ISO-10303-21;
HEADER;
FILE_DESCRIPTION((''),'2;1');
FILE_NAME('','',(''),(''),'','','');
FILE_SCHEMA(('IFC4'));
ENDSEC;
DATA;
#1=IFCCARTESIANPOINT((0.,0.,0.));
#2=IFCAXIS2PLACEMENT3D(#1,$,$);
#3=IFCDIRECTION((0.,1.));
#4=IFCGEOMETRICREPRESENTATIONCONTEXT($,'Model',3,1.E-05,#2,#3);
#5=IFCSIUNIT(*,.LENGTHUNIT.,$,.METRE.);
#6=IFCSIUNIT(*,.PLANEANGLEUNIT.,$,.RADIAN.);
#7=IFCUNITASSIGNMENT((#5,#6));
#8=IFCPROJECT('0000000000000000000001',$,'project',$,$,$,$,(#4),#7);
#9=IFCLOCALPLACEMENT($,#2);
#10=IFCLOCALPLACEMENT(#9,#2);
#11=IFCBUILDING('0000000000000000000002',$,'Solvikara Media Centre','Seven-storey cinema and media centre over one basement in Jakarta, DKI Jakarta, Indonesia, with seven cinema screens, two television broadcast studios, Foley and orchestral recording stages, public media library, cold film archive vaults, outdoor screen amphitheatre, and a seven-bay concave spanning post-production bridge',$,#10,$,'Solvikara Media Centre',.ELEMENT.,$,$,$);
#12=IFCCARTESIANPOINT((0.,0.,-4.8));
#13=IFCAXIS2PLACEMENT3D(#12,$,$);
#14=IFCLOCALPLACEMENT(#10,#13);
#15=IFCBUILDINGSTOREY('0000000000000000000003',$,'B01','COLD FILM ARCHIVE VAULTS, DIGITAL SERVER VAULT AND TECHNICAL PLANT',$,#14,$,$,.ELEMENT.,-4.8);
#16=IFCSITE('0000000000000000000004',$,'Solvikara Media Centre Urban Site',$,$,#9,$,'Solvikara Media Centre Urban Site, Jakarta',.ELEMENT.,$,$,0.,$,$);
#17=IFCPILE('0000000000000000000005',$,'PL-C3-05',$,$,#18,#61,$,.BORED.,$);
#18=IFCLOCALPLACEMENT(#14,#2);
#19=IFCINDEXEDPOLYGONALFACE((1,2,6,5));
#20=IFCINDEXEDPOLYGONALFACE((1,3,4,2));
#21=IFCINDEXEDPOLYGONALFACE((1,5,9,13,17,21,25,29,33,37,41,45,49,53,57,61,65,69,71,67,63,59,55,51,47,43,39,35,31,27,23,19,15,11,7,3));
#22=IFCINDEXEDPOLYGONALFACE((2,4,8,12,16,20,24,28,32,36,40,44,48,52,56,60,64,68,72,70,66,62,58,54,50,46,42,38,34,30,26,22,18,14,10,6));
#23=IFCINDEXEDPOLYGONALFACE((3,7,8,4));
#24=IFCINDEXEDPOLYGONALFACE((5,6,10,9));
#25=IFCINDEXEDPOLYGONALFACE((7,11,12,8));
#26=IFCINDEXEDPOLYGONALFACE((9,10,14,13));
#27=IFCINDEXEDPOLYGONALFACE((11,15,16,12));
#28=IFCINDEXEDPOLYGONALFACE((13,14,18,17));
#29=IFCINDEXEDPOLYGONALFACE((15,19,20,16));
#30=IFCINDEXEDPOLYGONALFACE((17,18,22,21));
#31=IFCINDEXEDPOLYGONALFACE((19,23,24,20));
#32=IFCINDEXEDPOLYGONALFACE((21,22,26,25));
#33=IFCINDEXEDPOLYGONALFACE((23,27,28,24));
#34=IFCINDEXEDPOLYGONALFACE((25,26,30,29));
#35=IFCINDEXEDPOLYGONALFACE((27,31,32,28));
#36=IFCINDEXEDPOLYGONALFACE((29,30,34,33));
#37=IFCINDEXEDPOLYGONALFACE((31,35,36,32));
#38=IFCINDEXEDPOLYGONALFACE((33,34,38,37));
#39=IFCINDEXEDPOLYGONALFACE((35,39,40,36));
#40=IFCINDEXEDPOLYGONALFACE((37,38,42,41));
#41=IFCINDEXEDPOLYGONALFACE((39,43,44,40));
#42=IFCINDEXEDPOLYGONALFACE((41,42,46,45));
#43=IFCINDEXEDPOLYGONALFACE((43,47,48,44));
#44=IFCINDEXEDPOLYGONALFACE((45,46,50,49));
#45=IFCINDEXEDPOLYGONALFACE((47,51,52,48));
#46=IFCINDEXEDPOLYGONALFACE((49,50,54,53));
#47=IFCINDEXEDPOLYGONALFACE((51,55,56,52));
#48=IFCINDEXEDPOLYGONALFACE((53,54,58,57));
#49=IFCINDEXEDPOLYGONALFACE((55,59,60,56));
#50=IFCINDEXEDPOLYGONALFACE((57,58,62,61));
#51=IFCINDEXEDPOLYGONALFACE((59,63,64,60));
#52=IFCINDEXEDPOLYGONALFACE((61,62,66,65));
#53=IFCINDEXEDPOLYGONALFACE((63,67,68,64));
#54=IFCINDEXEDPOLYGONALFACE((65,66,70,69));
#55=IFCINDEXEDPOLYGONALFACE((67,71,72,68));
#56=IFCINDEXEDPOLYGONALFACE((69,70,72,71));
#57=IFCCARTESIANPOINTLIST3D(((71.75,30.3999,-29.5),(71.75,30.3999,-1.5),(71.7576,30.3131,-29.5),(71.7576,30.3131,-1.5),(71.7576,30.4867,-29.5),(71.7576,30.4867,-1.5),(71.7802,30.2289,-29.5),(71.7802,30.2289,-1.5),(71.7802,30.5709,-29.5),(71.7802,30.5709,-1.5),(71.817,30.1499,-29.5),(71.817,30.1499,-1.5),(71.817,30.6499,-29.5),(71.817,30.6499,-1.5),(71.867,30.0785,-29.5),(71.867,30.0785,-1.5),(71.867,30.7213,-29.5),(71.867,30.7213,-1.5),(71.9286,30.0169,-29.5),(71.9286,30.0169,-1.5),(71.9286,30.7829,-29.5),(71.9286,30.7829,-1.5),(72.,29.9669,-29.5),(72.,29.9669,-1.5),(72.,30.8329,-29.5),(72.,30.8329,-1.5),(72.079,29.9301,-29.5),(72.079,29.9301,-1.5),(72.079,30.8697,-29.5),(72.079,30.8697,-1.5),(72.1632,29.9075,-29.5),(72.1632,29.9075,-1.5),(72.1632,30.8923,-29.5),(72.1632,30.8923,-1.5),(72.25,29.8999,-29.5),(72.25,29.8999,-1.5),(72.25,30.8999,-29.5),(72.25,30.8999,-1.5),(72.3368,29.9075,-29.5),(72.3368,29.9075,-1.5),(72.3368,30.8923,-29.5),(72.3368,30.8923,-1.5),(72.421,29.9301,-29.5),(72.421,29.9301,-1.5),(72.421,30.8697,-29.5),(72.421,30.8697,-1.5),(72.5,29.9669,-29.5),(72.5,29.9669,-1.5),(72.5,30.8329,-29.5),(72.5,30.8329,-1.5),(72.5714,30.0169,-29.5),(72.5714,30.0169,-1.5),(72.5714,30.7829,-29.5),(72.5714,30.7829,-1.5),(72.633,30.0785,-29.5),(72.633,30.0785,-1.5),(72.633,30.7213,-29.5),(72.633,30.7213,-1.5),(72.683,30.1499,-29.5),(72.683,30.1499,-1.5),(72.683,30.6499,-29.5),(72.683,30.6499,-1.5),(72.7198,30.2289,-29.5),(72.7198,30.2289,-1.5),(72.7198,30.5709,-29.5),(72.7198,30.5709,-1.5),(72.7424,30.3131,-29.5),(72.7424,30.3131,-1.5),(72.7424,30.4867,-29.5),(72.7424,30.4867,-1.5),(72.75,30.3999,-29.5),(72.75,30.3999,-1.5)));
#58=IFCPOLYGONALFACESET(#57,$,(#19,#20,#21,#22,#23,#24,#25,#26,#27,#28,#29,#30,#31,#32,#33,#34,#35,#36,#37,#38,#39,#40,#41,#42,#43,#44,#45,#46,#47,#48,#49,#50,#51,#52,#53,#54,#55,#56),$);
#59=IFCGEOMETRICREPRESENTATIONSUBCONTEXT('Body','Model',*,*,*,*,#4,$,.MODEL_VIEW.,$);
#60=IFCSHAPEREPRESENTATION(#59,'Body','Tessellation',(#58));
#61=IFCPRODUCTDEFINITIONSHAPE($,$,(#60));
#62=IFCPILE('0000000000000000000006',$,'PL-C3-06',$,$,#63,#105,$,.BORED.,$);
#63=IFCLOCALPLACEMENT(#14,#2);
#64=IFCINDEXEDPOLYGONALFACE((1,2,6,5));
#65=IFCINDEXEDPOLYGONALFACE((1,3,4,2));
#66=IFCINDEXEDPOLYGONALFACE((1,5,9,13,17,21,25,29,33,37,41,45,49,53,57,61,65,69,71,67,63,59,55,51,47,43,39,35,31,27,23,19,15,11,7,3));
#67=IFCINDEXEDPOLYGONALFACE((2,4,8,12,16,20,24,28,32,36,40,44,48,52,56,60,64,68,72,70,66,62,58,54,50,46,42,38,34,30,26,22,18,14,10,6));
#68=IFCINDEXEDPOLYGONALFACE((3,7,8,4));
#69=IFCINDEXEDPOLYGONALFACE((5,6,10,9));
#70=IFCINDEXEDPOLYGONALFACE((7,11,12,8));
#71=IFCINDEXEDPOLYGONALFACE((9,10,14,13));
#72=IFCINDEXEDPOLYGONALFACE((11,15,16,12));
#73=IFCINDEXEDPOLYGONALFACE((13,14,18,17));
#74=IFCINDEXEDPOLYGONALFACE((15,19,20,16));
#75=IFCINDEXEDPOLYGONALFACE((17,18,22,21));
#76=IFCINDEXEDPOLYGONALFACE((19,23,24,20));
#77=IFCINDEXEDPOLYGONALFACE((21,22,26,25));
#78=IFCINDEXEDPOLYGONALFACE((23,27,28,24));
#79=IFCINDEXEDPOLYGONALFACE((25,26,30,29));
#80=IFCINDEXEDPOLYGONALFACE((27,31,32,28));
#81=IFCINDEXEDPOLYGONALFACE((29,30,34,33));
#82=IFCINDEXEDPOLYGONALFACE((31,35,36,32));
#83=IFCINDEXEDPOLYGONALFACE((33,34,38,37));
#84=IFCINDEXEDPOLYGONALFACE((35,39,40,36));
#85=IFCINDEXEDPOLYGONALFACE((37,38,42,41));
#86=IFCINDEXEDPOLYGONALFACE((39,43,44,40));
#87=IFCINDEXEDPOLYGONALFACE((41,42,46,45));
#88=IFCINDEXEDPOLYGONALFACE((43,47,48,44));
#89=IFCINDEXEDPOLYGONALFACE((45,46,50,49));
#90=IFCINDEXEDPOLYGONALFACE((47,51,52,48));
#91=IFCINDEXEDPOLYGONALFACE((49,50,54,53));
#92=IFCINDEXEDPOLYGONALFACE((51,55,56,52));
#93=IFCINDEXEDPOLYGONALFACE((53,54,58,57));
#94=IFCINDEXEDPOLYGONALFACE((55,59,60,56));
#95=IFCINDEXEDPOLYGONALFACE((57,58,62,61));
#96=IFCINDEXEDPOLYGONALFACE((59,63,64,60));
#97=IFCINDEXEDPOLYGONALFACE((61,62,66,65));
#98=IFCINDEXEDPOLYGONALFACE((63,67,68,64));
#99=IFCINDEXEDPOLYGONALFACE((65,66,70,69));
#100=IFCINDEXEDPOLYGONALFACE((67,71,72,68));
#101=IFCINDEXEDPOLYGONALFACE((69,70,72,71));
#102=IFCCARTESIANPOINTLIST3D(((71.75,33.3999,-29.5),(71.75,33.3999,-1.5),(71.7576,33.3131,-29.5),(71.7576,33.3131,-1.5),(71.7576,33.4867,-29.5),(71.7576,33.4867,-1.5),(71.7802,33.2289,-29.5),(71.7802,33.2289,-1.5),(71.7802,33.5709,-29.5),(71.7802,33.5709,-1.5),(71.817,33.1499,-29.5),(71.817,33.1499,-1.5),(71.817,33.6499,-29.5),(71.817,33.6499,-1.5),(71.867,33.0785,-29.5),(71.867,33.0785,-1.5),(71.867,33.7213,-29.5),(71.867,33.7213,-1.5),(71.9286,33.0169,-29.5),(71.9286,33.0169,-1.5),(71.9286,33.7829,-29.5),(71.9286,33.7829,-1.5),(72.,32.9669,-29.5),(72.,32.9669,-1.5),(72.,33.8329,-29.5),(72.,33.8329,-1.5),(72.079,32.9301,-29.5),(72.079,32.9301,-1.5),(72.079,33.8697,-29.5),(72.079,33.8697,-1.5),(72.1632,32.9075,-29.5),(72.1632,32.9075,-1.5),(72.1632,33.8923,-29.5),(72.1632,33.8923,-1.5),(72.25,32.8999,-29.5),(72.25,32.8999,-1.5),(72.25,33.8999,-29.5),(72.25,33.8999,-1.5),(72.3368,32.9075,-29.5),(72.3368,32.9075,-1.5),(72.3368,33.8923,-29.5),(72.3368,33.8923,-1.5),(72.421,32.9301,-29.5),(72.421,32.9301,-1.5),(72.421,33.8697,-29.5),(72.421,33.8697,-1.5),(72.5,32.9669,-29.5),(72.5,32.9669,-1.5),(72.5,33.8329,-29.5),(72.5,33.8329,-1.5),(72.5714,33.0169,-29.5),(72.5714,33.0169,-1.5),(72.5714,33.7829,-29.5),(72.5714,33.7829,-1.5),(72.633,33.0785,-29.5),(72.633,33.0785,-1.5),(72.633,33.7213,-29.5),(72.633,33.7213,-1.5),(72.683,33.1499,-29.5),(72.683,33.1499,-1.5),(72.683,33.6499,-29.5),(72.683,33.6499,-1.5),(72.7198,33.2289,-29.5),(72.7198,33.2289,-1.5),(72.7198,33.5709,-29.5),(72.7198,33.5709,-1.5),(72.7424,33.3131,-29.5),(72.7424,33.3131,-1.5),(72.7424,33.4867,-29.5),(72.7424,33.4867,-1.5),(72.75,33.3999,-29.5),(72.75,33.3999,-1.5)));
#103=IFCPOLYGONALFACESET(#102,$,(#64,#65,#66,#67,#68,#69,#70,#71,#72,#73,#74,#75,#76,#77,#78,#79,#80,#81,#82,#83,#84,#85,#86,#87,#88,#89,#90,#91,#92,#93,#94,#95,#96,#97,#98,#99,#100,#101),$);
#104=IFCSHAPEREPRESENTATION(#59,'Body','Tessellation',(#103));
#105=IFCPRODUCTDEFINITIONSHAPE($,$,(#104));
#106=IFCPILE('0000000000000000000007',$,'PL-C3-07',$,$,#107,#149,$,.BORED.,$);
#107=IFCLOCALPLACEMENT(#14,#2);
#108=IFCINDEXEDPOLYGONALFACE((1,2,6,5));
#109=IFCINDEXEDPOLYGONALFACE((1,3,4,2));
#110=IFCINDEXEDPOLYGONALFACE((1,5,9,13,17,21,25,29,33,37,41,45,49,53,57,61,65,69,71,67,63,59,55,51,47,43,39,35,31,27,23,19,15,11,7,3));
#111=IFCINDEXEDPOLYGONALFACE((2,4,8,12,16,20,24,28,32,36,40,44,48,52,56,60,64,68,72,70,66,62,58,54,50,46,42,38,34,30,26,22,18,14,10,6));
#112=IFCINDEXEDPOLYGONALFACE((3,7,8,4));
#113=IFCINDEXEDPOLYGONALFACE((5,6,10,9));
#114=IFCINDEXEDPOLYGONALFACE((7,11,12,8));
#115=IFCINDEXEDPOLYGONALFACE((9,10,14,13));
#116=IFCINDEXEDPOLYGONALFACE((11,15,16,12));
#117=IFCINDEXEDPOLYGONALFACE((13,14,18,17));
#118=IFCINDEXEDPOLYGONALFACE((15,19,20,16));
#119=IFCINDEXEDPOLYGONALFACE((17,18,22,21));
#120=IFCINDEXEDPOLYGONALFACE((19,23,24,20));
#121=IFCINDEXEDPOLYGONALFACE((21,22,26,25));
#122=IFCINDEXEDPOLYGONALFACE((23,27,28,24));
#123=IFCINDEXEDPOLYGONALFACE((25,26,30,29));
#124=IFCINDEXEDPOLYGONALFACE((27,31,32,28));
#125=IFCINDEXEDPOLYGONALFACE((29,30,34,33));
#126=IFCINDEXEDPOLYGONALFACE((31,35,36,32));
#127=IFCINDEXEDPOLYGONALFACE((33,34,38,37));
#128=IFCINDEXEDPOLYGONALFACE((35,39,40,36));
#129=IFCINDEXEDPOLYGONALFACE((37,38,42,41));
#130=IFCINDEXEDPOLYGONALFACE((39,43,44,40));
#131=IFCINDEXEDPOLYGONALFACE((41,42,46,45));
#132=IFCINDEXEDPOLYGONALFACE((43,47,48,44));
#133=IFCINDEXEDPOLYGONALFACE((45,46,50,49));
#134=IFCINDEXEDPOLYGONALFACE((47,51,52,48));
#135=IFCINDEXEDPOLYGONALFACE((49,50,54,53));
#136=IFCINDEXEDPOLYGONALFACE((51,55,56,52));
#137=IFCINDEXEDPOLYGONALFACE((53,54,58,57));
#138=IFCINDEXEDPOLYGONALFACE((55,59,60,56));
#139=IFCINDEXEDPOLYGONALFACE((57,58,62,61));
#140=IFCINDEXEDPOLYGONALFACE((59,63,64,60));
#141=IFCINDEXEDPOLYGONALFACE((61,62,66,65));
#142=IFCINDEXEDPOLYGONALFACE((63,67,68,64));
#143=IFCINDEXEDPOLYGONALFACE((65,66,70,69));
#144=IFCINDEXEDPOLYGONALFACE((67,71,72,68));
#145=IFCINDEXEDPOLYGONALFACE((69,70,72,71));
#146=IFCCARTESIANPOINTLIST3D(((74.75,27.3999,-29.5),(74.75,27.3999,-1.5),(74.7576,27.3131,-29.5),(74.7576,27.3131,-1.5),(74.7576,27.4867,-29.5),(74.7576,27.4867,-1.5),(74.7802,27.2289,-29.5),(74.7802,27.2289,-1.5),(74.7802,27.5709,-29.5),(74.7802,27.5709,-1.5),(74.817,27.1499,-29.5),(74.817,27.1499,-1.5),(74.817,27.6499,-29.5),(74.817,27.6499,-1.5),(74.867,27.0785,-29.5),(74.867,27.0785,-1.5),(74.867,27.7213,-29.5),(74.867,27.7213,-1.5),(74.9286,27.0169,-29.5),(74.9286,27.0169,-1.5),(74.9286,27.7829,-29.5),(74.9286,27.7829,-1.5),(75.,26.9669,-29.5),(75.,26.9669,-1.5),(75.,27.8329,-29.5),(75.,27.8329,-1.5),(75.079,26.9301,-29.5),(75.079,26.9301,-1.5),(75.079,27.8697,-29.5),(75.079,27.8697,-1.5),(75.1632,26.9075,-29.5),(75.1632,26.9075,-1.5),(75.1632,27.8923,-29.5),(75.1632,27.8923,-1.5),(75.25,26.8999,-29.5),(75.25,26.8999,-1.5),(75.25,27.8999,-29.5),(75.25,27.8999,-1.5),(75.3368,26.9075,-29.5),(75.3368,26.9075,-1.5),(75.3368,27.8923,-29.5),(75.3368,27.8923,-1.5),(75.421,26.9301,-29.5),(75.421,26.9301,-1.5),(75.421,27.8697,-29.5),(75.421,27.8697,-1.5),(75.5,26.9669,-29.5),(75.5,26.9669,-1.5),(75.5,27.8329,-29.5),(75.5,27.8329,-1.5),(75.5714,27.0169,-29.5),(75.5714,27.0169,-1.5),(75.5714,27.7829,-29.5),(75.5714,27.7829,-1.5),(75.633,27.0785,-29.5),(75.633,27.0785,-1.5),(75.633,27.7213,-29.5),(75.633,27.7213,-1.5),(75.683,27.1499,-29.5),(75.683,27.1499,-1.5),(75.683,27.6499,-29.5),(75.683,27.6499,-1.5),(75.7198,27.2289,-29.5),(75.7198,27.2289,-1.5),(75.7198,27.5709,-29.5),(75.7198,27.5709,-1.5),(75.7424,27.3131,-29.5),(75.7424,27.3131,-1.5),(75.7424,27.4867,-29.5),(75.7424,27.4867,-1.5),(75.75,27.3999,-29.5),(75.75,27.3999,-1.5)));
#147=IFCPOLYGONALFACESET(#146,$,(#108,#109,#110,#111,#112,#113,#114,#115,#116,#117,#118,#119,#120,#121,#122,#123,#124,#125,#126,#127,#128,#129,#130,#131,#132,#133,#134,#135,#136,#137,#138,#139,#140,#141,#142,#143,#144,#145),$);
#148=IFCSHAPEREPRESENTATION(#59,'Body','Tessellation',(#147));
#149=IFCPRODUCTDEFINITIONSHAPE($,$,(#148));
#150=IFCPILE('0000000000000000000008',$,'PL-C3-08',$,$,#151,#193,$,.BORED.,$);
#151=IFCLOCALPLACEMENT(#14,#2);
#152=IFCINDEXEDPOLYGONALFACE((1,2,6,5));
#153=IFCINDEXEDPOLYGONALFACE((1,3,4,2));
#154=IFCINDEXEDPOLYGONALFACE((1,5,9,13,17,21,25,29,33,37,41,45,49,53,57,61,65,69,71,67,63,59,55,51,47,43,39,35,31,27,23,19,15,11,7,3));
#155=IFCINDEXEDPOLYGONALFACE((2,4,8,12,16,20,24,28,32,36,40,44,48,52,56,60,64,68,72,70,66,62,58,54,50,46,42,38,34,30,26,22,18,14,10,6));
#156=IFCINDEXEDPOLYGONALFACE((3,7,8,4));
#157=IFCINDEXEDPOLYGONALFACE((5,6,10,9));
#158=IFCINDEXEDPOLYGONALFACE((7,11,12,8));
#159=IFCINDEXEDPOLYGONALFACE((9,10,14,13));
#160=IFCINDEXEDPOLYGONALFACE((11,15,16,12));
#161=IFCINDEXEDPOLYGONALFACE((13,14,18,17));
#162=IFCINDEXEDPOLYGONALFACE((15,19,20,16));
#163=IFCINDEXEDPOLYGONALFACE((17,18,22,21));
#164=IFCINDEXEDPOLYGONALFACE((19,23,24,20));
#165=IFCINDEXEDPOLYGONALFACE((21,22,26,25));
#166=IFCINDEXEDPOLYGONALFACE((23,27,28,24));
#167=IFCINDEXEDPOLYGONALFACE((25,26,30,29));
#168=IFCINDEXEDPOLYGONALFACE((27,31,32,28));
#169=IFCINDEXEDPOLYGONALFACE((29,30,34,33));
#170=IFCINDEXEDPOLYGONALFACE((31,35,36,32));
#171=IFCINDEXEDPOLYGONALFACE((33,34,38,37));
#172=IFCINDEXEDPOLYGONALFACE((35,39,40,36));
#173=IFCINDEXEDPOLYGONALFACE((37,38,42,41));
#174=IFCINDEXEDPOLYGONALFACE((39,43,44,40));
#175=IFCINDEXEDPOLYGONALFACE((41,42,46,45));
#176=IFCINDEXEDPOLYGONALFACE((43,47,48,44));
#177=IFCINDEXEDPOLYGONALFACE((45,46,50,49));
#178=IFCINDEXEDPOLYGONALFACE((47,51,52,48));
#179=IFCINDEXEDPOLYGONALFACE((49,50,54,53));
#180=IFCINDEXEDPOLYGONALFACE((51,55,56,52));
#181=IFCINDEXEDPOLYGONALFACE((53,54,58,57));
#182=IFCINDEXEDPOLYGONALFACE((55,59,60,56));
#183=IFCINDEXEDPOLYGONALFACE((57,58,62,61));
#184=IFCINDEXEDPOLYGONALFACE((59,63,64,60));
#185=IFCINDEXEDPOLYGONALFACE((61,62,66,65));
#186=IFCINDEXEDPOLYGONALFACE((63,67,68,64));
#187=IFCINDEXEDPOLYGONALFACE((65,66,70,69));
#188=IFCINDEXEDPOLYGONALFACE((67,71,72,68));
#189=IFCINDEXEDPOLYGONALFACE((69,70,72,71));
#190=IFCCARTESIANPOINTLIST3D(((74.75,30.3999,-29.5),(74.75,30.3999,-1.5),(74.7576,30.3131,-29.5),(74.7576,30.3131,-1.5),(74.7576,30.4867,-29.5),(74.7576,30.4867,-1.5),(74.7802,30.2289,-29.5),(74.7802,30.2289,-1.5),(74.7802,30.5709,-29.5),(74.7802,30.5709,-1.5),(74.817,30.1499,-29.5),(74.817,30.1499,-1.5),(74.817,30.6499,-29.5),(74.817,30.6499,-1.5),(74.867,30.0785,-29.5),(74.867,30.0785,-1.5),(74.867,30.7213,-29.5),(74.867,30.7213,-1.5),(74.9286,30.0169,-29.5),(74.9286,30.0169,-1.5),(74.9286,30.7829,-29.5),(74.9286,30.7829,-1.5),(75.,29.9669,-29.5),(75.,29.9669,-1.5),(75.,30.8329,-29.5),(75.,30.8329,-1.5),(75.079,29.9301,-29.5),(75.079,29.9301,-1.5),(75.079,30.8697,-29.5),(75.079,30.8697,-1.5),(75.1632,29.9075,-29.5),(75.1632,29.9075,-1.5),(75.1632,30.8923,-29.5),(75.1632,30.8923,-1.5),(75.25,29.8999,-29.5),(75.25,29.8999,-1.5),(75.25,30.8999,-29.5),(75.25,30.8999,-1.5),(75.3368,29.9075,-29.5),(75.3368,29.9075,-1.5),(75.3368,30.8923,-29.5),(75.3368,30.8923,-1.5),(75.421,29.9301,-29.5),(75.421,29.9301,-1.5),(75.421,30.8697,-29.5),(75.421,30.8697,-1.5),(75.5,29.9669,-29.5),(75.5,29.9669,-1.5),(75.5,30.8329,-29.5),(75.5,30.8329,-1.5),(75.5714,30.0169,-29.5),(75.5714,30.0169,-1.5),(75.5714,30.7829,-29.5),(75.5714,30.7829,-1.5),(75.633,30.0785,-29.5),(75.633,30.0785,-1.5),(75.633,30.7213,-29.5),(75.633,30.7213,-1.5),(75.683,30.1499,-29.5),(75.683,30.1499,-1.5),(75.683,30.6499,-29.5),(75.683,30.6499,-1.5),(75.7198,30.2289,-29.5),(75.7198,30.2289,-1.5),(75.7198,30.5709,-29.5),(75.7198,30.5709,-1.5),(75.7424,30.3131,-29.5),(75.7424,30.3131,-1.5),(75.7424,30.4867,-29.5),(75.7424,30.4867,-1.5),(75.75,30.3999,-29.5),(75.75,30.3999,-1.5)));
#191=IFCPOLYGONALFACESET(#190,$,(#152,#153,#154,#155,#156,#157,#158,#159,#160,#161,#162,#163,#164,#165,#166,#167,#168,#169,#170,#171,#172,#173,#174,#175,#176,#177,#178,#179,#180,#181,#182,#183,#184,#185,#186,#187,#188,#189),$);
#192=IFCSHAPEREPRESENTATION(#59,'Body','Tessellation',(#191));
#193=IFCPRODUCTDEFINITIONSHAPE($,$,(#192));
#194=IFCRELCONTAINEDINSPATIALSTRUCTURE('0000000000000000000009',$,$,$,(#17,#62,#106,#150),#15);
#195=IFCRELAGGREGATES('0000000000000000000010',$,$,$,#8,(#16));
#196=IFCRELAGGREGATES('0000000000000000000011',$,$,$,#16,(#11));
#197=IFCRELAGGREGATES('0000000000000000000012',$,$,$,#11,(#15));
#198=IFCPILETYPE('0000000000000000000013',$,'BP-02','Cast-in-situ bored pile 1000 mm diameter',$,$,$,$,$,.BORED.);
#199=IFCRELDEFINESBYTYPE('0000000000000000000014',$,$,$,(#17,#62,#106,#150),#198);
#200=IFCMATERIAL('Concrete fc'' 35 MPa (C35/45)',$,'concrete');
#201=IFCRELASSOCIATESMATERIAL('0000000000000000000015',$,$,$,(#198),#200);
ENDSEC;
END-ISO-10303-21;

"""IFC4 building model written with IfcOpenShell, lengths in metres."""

from ifc_helpers import new_model, si_unit, direction, frame, origin, origin_2d, place, context, subcontext, project, spatial, circle, extrude, material, material_profile, profile_set, type_object, element, save


model = new_model("IFC4")

# Units and contexts
model_context = context("Model", 3, precision=1e-05, world=origin(), true_north=direction((0.0, 1.0)))
body_context = subcontext(model_context, "Body", "Model", "MODEL_VIEW")
ifc_project = project(units=[si_unit("LENGTHUNIT", "METRE"), si_unit("PLANEANGLEUNIT", "RADIAN")], contexts=[model_context])

# Site, building, storey
site_placement = place(None, origin())
site = spatial("IfcSite", under=ifc_project, at=site_placement, Name="Solvikara Media Centre Urban Site", LongName="Solvikara Media Centre Urban Site, Jakarta", CompositionType="ELEMENT", RefElevation=0.0)
building_placement = place(site_placement, origin())
building = spatial("IfcBuilding", under=site, at=building_placement, Name="Solvikara Media Centre", Description="Seven-storey cinema and media centre over one basement in Jakarta, DKI Jakarta, Indonesia, with seven cinema screens, two television broadcast studios, Foley and orchestral recording stages, public media library, cold film archive vaults, outdoor screen amphitheatre, and a seven-bay concave spanning post-production bridge", LongName="Solvikara Media Centre", CompositionType="ELEMENT")
storey_placement = place(building_placement, frame((0.0, 0.0, -4.8)))
storey = spatial("IfcBuildingStorey", under=building, at=storey_placement, Name="B01", Description="COLD FILM ARCHIVE VAULTS, DIGITAL SERVER VAULT AND TECHNICAL PLANT", CompositionType="ELEMENT", Elevation=-4.8)

# Piles
ifc_material_1 = material(Name="Concrete fc' 35 MPa (C35/45)", Category="concrete")
ifc_material_profile_1 = material_profile(ifc_material_1, circle(Radius=0.5, at=origin_2d()), Name="BORED PILE D1000")
ifc_profile_set_1 = profile_set([ifc_material_profile_1], Name="Concrete fc' 35 MPa (C35/45)")
pile_type = type_object("IfcPileType", Name="BP-02", Description="Cast-in-situ bored pile 1000 mm diameter", PredefinedType="BORED", material=ifc_profile_set_1)
for number, where, z_axis, x_axis, name in (
    (1, (72.25, 30.3999, -1.5), (0.0, 0.0, -1.0), (1.0, 0.0, 0.0), "PL-C3-05"),
    (2, (72.25, 33.3999, -1.5), (0.0, 0.0, -1.0), (1.0, 0.0, 0.0), "PL-C3-06"),
    (3, (75.25, 27.3999, -1.5), (0.0, 0.0, -1.0), (1.0, 0.0, 0.0), "PL-C3-07"),
    (4, (75.25, 30.3999, -1.5), (0.0, 0.0, -1.0), (1.0, 0.0, 0.0), "PL-C3-08"),
):
    element("IfcPile", number, at=place(storey_placement, frame(where, z_axis=z_axis, x_axis=x_axis)), inside=storey, type_object=pile_type, Name=name, PredefinedType="BORED", context=body_context, shape_type="SweptSolid", body=[
        extrude(circle(Radius=0.5, at=origin_2d()), origin(), (0.0, 0.0, 1.0), 28.0),
    ])

save(model, "model.ifc")
